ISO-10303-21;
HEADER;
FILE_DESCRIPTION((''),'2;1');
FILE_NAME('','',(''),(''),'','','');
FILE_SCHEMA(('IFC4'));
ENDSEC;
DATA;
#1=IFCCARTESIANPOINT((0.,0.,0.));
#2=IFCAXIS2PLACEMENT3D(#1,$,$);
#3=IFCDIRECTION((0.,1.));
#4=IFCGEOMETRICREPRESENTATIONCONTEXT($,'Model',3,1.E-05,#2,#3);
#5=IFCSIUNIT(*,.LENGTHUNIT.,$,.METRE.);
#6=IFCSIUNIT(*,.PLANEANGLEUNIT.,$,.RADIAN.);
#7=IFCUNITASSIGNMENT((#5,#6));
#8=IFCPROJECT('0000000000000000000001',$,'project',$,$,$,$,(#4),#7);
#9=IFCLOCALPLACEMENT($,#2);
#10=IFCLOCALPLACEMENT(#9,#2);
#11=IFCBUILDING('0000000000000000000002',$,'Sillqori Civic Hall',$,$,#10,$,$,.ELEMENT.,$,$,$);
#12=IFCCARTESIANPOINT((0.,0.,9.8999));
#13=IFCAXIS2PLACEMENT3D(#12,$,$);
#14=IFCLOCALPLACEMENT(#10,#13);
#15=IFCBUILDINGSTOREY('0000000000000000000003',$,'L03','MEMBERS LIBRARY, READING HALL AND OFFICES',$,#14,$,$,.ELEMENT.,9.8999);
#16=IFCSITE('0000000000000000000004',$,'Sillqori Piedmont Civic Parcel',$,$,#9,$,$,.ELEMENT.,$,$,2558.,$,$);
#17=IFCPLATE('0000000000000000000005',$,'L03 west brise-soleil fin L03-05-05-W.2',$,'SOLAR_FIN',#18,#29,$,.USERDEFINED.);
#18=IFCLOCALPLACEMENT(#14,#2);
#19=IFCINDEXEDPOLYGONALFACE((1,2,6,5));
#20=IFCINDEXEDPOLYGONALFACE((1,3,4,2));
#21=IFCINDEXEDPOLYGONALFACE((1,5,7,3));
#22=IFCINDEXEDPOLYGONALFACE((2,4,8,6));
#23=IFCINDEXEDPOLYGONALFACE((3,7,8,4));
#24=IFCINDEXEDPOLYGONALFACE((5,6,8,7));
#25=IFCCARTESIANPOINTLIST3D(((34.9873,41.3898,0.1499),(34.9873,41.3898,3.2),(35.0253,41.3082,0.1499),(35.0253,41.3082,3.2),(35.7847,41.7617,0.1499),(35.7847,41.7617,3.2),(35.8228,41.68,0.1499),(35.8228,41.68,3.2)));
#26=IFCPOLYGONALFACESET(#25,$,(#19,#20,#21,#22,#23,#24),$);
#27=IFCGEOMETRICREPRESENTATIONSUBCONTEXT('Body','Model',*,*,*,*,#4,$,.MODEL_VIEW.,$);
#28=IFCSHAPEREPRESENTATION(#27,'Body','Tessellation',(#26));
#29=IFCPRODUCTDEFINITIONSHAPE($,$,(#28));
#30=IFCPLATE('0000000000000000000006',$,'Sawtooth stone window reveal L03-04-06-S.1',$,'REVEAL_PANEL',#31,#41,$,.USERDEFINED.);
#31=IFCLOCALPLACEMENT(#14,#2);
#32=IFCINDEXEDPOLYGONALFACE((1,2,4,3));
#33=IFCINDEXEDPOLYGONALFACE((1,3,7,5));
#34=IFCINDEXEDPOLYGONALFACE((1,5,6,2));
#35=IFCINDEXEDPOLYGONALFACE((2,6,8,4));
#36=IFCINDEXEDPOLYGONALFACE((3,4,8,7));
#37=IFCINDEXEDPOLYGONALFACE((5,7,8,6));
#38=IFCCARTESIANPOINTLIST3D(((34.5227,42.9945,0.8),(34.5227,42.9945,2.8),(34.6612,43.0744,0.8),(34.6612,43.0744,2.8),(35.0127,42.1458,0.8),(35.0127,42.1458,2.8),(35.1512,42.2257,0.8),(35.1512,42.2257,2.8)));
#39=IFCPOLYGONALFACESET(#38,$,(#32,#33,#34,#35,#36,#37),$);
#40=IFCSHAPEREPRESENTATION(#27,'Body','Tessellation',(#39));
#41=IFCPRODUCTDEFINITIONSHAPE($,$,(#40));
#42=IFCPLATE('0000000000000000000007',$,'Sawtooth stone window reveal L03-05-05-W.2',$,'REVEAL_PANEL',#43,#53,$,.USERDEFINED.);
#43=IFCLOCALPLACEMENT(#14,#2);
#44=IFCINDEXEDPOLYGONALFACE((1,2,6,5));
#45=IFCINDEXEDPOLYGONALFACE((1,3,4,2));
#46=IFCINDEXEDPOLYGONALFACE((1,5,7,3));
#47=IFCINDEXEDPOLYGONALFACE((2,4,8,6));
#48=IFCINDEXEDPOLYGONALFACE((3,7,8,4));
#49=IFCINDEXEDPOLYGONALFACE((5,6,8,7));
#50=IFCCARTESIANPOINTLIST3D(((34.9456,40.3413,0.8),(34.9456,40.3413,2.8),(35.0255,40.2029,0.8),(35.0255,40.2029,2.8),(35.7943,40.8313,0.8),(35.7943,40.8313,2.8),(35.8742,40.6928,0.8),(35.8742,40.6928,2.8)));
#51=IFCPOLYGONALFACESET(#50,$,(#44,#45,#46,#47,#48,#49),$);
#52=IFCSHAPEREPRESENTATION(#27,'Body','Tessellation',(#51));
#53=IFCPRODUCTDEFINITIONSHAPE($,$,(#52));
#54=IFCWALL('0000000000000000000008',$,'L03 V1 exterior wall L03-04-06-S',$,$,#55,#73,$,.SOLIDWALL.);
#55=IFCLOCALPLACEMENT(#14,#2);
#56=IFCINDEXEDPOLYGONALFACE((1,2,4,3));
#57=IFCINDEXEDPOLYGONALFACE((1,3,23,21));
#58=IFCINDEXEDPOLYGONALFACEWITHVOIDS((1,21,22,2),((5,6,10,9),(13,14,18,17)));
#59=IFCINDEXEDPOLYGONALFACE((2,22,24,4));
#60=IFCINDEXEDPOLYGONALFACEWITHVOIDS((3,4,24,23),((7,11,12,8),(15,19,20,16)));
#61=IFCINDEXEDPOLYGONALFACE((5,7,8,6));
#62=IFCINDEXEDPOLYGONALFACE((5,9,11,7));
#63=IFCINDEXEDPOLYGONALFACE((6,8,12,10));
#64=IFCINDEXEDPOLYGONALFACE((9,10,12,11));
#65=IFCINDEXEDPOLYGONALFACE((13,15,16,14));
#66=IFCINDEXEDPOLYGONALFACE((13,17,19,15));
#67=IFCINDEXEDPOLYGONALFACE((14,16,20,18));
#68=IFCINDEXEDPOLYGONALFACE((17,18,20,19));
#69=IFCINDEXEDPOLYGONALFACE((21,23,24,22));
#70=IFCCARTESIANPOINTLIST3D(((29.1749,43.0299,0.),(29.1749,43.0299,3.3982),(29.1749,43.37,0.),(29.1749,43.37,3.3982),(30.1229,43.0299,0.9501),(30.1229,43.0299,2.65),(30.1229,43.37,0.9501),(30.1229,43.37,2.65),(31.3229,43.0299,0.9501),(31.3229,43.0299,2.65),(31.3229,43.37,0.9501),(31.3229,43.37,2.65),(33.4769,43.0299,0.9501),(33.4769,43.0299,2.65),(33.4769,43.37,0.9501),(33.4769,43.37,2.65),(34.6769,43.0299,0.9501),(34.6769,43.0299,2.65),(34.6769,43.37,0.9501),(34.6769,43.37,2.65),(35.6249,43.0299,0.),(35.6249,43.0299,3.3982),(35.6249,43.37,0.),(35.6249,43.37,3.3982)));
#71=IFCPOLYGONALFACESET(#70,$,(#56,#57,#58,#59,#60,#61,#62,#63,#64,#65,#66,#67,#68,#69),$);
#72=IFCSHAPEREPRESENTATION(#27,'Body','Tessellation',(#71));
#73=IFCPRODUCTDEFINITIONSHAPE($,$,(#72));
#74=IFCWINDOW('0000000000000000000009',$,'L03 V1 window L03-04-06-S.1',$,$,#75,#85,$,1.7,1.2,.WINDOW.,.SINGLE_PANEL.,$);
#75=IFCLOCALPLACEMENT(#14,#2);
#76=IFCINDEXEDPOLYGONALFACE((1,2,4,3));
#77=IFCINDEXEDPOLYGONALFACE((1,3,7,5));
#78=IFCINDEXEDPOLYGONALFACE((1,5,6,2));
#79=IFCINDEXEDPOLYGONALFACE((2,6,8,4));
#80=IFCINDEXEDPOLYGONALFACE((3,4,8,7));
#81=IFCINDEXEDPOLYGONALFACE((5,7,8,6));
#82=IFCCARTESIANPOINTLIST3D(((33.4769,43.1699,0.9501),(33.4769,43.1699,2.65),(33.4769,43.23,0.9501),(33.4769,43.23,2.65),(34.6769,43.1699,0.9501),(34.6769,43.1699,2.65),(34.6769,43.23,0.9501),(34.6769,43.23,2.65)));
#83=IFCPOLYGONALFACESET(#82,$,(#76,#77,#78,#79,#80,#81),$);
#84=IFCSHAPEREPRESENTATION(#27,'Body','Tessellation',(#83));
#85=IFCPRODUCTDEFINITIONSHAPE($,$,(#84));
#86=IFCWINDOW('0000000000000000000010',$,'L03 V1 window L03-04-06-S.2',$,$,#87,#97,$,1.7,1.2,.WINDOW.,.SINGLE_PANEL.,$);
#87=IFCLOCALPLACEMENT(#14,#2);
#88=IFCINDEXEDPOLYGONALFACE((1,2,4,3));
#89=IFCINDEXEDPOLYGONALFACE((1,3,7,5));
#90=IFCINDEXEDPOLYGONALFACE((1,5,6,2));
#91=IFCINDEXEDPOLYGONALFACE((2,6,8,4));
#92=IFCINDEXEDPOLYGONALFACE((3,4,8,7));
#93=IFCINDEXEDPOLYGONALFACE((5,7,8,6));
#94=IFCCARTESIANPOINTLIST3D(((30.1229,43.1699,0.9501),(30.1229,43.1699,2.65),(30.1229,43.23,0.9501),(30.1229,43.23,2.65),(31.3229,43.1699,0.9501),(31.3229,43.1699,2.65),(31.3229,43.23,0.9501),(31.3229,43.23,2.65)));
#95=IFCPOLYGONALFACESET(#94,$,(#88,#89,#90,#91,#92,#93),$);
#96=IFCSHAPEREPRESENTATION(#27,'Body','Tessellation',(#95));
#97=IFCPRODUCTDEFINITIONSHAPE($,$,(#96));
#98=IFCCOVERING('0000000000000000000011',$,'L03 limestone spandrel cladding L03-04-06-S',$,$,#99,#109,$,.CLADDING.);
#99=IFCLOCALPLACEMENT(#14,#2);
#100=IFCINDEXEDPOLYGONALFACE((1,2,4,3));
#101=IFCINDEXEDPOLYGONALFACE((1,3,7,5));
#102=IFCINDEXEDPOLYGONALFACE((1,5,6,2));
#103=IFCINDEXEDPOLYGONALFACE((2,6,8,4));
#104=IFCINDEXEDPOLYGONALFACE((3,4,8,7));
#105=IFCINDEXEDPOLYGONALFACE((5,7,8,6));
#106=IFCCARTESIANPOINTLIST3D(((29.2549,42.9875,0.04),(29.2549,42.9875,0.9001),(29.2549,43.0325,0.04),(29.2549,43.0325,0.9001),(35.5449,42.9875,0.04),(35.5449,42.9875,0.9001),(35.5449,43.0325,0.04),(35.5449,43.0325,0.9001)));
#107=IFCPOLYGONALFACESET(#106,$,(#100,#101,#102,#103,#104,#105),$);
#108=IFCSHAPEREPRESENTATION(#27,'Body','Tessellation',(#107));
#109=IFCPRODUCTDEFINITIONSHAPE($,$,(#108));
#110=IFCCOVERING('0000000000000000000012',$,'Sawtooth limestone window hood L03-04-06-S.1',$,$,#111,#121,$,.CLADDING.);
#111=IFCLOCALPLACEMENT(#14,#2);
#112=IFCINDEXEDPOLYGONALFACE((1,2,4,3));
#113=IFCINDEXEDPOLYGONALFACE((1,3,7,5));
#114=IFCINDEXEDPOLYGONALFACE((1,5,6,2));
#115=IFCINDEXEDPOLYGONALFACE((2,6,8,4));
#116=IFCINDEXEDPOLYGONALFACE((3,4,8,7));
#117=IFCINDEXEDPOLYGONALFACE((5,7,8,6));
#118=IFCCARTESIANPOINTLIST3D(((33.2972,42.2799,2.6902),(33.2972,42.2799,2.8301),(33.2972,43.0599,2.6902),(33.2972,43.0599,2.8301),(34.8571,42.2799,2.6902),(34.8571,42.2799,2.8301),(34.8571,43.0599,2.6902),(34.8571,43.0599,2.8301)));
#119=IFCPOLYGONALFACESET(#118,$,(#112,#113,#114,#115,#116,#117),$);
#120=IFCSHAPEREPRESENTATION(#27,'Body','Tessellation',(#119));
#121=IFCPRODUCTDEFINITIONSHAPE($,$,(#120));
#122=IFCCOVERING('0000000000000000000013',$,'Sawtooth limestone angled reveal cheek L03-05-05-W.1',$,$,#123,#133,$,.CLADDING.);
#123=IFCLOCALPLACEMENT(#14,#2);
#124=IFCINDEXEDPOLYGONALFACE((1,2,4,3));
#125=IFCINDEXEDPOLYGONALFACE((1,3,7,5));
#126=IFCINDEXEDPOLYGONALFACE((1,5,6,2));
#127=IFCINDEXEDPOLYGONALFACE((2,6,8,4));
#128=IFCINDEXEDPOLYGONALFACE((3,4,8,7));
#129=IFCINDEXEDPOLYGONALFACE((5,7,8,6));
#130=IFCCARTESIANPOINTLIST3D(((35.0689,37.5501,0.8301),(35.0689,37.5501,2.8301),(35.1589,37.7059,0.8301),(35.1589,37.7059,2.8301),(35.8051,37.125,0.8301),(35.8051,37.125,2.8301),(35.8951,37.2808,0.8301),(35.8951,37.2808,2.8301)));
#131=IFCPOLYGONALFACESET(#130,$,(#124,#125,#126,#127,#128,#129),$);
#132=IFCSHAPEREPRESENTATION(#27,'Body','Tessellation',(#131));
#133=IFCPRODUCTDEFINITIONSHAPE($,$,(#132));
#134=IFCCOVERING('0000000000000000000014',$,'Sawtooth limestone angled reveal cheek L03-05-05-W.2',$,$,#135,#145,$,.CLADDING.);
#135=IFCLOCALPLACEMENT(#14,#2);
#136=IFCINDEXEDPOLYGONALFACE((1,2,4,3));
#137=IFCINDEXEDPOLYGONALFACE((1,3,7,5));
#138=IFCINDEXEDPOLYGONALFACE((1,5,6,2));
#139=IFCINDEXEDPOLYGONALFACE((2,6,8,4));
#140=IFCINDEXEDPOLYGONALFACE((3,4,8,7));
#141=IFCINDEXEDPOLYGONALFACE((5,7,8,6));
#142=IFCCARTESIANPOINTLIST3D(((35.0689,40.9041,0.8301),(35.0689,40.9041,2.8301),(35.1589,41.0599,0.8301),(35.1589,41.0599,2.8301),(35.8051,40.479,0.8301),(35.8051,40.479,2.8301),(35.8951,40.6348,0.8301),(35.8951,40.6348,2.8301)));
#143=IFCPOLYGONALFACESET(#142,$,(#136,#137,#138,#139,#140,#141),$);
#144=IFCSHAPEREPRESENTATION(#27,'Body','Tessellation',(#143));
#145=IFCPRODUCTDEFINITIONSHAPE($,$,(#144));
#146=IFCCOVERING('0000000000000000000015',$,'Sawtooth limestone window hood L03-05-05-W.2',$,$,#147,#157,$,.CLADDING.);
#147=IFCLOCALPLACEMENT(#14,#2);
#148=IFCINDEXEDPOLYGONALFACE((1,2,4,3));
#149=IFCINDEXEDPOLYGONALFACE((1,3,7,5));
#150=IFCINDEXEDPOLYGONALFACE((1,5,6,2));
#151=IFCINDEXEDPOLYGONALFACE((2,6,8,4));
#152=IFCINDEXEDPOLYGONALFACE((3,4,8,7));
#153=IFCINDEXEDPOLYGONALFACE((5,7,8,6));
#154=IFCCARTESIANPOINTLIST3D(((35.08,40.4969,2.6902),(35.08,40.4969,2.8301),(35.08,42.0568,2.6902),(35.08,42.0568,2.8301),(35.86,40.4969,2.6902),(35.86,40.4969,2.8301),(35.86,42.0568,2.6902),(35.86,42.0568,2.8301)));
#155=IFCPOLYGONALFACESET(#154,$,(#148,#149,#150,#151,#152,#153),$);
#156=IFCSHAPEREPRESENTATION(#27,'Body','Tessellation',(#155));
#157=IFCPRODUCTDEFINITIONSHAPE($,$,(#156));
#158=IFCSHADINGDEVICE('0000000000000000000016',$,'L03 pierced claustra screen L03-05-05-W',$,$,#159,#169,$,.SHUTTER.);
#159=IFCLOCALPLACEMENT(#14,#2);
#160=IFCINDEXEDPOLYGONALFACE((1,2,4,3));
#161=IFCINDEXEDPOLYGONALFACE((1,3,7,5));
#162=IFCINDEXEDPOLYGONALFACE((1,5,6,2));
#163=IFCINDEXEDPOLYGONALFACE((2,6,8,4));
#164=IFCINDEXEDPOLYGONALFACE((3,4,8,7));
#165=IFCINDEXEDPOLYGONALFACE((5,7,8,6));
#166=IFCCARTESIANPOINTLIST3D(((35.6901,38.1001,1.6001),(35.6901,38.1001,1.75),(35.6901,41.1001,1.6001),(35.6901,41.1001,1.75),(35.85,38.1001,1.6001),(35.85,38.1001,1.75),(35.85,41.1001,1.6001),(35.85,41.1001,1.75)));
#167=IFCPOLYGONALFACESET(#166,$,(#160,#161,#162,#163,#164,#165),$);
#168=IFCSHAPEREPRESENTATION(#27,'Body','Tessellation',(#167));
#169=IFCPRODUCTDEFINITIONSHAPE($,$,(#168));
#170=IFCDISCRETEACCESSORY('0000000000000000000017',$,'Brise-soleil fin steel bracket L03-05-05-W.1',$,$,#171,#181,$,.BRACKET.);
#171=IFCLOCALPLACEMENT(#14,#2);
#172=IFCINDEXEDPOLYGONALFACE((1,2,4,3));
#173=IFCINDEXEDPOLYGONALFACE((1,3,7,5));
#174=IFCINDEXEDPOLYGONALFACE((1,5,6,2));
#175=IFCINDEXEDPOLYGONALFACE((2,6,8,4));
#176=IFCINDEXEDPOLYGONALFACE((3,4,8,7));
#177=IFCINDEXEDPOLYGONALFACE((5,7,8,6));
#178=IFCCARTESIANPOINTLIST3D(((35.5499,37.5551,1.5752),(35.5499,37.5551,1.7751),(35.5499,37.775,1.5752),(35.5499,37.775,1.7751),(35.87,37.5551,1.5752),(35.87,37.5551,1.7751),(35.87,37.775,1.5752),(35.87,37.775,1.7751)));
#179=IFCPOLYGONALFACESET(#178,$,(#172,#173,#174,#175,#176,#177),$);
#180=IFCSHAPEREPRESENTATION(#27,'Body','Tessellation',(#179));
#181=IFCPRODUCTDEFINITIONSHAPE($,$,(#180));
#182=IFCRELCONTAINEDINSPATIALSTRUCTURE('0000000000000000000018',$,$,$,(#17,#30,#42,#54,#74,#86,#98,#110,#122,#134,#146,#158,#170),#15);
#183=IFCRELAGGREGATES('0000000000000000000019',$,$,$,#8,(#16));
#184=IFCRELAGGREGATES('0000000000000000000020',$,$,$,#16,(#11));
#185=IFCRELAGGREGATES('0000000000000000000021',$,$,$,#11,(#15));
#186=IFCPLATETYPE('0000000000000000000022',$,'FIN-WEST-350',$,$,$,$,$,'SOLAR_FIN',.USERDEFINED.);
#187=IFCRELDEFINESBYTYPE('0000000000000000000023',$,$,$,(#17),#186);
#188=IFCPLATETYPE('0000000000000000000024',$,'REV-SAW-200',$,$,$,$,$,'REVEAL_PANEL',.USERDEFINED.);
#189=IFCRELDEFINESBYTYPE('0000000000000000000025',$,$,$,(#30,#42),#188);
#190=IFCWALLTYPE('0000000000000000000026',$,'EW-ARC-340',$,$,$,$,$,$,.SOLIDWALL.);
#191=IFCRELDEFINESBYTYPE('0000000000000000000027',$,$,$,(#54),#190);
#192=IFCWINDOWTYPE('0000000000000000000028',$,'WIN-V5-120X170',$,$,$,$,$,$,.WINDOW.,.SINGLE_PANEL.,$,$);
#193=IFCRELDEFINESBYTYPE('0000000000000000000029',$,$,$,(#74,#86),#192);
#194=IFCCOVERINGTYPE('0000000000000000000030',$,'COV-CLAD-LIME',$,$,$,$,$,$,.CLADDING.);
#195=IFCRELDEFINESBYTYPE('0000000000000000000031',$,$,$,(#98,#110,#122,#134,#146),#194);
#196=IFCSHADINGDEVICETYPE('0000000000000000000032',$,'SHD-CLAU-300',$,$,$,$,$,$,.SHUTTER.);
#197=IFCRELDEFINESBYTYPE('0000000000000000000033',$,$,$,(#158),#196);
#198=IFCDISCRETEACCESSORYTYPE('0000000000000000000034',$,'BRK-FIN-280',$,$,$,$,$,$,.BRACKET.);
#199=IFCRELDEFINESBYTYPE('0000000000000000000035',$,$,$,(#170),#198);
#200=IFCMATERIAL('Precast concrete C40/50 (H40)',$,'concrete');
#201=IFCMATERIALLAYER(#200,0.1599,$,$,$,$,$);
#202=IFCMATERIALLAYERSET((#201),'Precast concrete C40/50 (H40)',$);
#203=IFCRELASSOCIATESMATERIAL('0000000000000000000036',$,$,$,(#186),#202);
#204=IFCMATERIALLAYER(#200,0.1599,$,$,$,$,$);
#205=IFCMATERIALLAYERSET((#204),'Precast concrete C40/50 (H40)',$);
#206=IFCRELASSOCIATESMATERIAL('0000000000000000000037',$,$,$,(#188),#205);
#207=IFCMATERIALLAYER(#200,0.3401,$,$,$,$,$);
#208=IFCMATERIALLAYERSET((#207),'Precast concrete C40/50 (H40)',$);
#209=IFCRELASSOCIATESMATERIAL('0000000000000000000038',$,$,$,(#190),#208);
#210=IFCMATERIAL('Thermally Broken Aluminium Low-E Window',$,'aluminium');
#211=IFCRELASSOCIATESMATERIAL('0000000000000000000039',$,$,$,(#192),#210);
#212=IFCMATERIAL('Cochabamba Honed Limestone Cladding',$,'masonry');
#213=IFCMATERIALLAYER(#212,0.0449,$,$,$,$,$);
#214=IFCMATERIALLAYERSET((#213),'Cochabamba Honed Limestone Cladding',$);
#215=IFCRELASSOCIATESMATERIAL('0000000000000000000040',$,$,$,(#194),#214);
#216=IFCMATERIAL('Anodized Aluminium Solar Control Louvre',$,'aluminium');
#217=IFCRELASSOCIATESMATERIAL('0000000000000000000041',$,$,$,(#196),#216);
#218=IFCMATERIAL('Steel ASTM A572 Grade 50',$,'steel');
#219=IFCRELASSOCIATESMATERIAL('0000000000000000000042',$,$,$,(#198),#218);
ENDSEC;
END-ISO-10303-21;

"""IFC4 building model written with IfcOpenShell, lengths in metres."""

from ifc_helpers import new_model, si_unit, direction, frame, frame_2d, origin, origin_2d, place, context, subcontext, project, spatial, rectangle, extrude, material, layer, layer_set, type_object, element, fill, save


model = new_model("IFC4")

# Units and contexts
model_context = context("Model", 3, precision=1e-05, world=origin(), true_north=direction((0.0, 1.0)))
body_context = subcontext(model_context, "Body", "Model", "MODEL_VIEW")
ifc_project = project(units=[si_unit("LENGTHUNIT", "METRE"), si_unit("PLANEANGLEUNIT", "RADIAN")], contexts=[model_context])

# Site, building, storey
site_placement = place(None, origin())
site = spatial("IfcSite", under=ifc_project, at=site_placement, Name="Sillqori Piedmont Civic Parcel", CompositionType="ELEMENT", RefElevation=2558.0)
building_placement = place(site_placement, origin())
building = spatial("IfcBuilding", under=site, at=building_placement, Name="Sillqori Civic Hall", CompositionType="ELEMENT")
storey_placement = place(building_placement, frame((0.0, 0.0, 9.8999)))
storey = spatial("IfcBuildingStorey", under=building, at=storey_placement, Name="L03", Description="MEMBERS LIBRARY, READING HALL AND OFFICES", CompositionType="ELEMENT", Elevation=9.8999)

# Plates
ifc_material_1 = material(Name="Precast concrete C40/50 (H40)", Category="concrete")
ifc_layer_1 = layer(ifc_material_1, 0.1599)
ifc_layer_set_1 = layer_set([ifc_layer_1], Name="Precast concrete C40/50 (H40)")
plate_type_1 = type_object("IfcPlateType", Name="FIN-WEST-350", ElementType="SOLAR_FIN", PredefinedType="USERDEFINED", material=ifc_layer_set_1)
for number, where, z_axis, x_axis, name in (
    (1, (35.405, 41.5349, 0.1499), (0.0, 0.0, 1.0), (-0.422618, 0.906308, 0.0), "L03 west brise-soleil fin L03-05-05-W.2"),
):
    element("IfcPlate", number, at=place(storey_placement, frame(where, z_axis=z_axis, x_axis=x_axis)), inside=storey, type_object=plate_type_1, Name=name, ObjectType="SOLAR_FIN", PredefinedType="USERDEFINED", context=body_context, shape_type="SweptSolid", body=[
        extrude(rectangle(XDim=0.0901, YDim=0.8799, at=origin_2d()), origin(), (0.0, 0.0, 1.0), 3.05),
    ])
ifc_layer_2 = layer(ifc_material_1, 0.1599)
ifc_layer_set_2 = layer_set([ifc_layer_2], Name="Precast concrete C40/50 (H40)")
plate_type_2 = type_object("IfcPlateType", Name="REV-SAW-200", ElementType="REVEAL_PANEL", PredefinedType="USERDEFINED", material=ifc_layer_set_2)
for number, where, z_axis, x_axis, name in (
    (2, (34.8369, 42.6101, 0.8), (0.0, 0.0, 1.0), (-0.866025, -0.5, 0.0), "Sawtooth stone window reveal L03-04-06-S.1"),
    (3, (35.4099, 40.5171, 0.8), (0.0, 0.0, 1.0), (-0.5, 0.866025, 0.0), "Sawtooth stone window reveal L03-05-05-W.2"),
):
    element("IfcPlate", number, at=place(storey_placement, frame(where, z_axis=z_axis, x_axis=x_axis)), inside=storey, type_object=plate_type_2, Name=name, ObjectType="REVEAL_PANEL", PredefinedType="USERDEFINED", context=body_context, shape_type="SweptSolid", body=[
        extrude(rectangle(XDim=0.1599, YDim=0.98, at=origin_2d()), origin(), (0.0, 0.0, 1.0), 2.0),
    ])

# Wall, openings, windows
ifc_layer_3 = layer(ifc_material_1, 0.3401)
ifc_layer_set_3 = layer_set([ifc_layer_3], Name="Precast concrete C40/50 (H40)")
wall_type = type_object("IfcWallType", Name="EW-ARC-340", PredefinedType="SOLIDWALL", material=ifc_layer_set_3)
wall_placement = place(storey_placement, frame((35.625, 43.2, 0.0), z_axis=(0.0, 0.0, 1.0), x_axis=(-1.0, 0.0, 0.0)))
wall = element("IfcWall", 4, at=wall_placement, inside=storey, type_object=wall_type, Name="L03 V1 exterior wall L03-04-06-S", PredefinedType="SOLIDWALL", context=body_context, shape_type="SweptSolid", body=[
    extrude(rectangle(XDim=6.45, YDim=0.3401, at=frame_2d((3.2251, 0.0))), origin(), (0.0, 0.0, 1.0), 3.3982),
])
opening_1_placement = place(wall_placement, frame((0.948, 0.0, 0.95)))
opening_1 = element("IfcOpeningElement", 5, at=opening_1_placement, cuts=wall, PredefinedType="OPENING", context=body_context, shape_type="SweptSolid", body=[
    extrude(rectangle(XDim=1.2, YDim=1.7, at=frame_2d((0.6001, 0.8501))), frame((0.0, 0.1799, 0.0), z_axis=(0.0, -1.0, 0.0), x_axis=(1.0, 0.0, 0.0)), (0.0, 0.0, 1.0), 0.3601),
])
opening_2_placement = place(wall_placement, frame((4.302, 0.0, 0.95)))
opening_2 = element("IfcOpeningElement", 6, at=opening_2_placement, cuts=wall, PredefinedType="OPENING", context=body_context, shape_type="SweptSolid", body=[
    extrude(rectangle(XDim=1.2, YDim=1.7, at=frame_2d((0.6001, 0.8501))), frame((0.0, 0.1799, 0.0), z_axis=(0.0, -1.0, 0.0), x_axis=(1.0, 0.0, 0.0)), (0.0, 0.0, 1.0), 0.3601),
])
ifc_material_2 = material(Name="Thermally Broken Aluminium Low-E Window", Category="aluminium")
window_type = type_object("IfcWindowType", Name="WIN-V5-120X170", PartitioningType="SINGLE_PANEL", PredefinedType="WINDOW", material=ifc_material_2)
window_1_placement = place(opening_1_placement, origin())
window_1 = element("IfcWindow", 7, at=window_1_placement, inside=storey, type_object=window_type, Name="L03 V1 window L03-04-06-S.1", OverallHeight=1.7, OverallWidth=1.2, PartitioningType="SINGLE_PANEL", PredefinedType="WINDOW", context=body_context, shape_type="SweptSolid", body=[
    extrude(rectangle(XDim=1.2, YDim=1.7, at=frame_2d((0.6001, 0.8501))), frame((0.0, 0.03, 0.0), z_axis=(0.0, -1.0, 0.0), x_axis=(1.0, 0.0, 0.0)), (0.0, 0.0, 1.0), 0.0601),
])
fill(opening_1, window_1)
window_2_placement = place(opening_2_placement, origin())
window_2 = element("IfcWindow", 8, at=window_2_placement, inside=storey, type_object=window_type, Name="L03 V1 window L03-04-06-S.2", OverallHeight=1.7, OverallWidth=1.2, PartitioningType="SINGLE_PANEL", PredefinedType="WINDOW", context=body_context, shape_type="SweptSolid", body=[
    extrude(rectangle(XDim=1.2, YDim=1.7, at=frame_2d((0.6001, 0.8501))), frame((0.0, 0.03, 0.0), z_axis=(0.0, -1.0, 0.0), x_axis=(1.0, 0.0, 0.0)), (0.0, 0.0, 1.0), 0.0601),
])
fill(opening_2, window_2)

# Coverings
ifc_material_3 = material(Name="Cochabamba Honed Limestone Cladding", Category="masonry")
ifc_layer_4 = layer(ifc_material_3, 0.0449)
ifc_layer_set_4 = layer_set([ifc_layer_4], Name="Cochabamba Honed Limestone Cladding")
covering_type = type_object("IfcCoveringType", Name="COV-CLAD-LIME", PredefinedType="CLADDING", material=ifc_layer_set_4)
covering_1_placement = place(storey_placement, frame((35.5449, 43.01, 0.04), z_axis=(0.0, 0.0, 1.0), x_axis=(-1.0, 0.0, 0.0)))
element("IfcCovering", 9, at=covering_1_placement, inside=storey, type_object=covering_type, Name="L03 limestone spandrel cladding L03-04-06-S", PredefinedType="CLADDING", context=body_context, shape_type="SweptSolid", body=[
    extrude(rectangle(XDim=6.29, YDim=0.0449, at=frame_2d((3.145, 0.0))), origin(), (0.0, 0.0, 1.0), 0.8601),
])
covering_2_placement = place(storey_placement, frame((34.8569, 42.6699, 2.6902), z_axis=(0.0, 0.0, 1.0), x_axis=(-1.0, 0.0, 0.0)))
element("IfcCovering", 10, at=covering_2_placement, inside=storey, type_object=covering_type, Name="Sawtooth limestone window hood L03-04-06-S.1", PredefinedType="CLADDING", context=body_context, shape_type="SweptSolid", body=[
    extrude(rectangle(XDim=1.5598, YDim=0.78, at=frame_2d((0.7798, 0.0))), origin(), (0.0, 0.0, 1.0), 0.1399),
])
for number, where, z_axis, x_axis, name in (
    (11, (35.8501, 37.2029, 0.8301), (0.0, 0.0, 1.0), (-0.865989, 0.500062, 0.0), "Sawtooth limestone angled reveal cheek L03-05-05-W.1"),
    (12, (35.8501, 40.5569, 0.8301), (0.0, 0.0, 1.0), (-0.865989, 0.500062, 0.0), "Sawtooth limestone angled reveal cheek L03-05-05-W.2"),
):
    element("IfcCovering", number, at=place(storey_placement, frame(where, z_axis=z_axis, x_axis=x_axis)), inside=storey, type_object=covering_type, Name=name, PredefinedType="CLADDING", context=body_context, shape_type="SweptSolid", body=[
        extrude(rectangle(XDim=0.8501, YDim=0.1799, at=frame_2d((0.425, 0.0))), origin(), (0.0, 0.0, 1.0), 2.0),
    ])
covering_3_placement = place(storey_placement, frame((35.47, 40.4971, 2.6902), z_axis=(0.0, 0.0, 1.0), x_axis=(0.0, 1.0, 0.0)))
element("IfcCovering", 13, at=covering_3_placement, inside=storey, type_object=covering_type, Name="Sawtooth limestone window hood L03-05-05-W.2", PredefinedType="CLADDING", context=body_context, shape_type="SweptSolid", body=[
    extrude(rectangle(XDim=1.5598, YDim=0.78, at=frame_2d((0.7798, 0.0))), origin(), (0.0, 0.0, 1.0), 0.1399),
])

# Shading device
ifc_material_4 = material(Name="Anodized Aluminium Solar Control Louvre", Category="aluminium")
shading_device_type = type_object("IfcShadingDeviceType", Name="SHD-CLAU-300", PredefinedType="SHUTTER", material=ifc_material_4)
shading_device_placement = place(storey_placement, frame((35.77, 39.6001, 1.6001), z_axis=(0.0, 0.0, 1.0), x_axis=(0.0, 1.0, 0.0)))
element("IfcShadingDevice", 14, at=shading_device_placement, inside=storey, type_object=shading_device_type, Name="L03 pierced claustra screen L03-05-05-W", PredefinedType="SHUTTER", context=body_context, shape_type="SweptSolid", body=[
    extrude(rectangle(XDim=3.0, YDim=0.1599, at=origin_2d()), origin(), (0.0, 0.0, 1.0), 0.1499),
])

# Discrete accessory
ifc_material_5 = material(Name="Steel ASTM A572 Grade 50", Category="steel")
discrete_accessory_type = type_object("IfcDiscreteAccessoryType", Name="BRK-FIN-280", PredefinedType="BRACKET", material=ifc_material_5)
for number, where, z_axis, x_axis, name in (
    (15, (35.71, 37.665, 1.5752), (0.0, 0.0, 1.0), (0.0, 1.0, 0.0), "Brise-soleil fin steel bracket L03-05-05-W.1"),
):
    element("IfcDiscreteAccessory", number, at=place(storey_placement, frame(where, z_axis=z_axis, x_axis=x_axis)), inside=storey, type_object=discrete_accessory_type, Name=name, PredefinedType="BRACKET", context=body_context, shape_type="SweptSolid", body=[
        extrude(rectangle(XDim=0.22, YDim=0.3201, at=origin_2d()), origin(), (0.0, 0.0, 1.0), 0.2),
    ])

save(model, "model.ifc")
